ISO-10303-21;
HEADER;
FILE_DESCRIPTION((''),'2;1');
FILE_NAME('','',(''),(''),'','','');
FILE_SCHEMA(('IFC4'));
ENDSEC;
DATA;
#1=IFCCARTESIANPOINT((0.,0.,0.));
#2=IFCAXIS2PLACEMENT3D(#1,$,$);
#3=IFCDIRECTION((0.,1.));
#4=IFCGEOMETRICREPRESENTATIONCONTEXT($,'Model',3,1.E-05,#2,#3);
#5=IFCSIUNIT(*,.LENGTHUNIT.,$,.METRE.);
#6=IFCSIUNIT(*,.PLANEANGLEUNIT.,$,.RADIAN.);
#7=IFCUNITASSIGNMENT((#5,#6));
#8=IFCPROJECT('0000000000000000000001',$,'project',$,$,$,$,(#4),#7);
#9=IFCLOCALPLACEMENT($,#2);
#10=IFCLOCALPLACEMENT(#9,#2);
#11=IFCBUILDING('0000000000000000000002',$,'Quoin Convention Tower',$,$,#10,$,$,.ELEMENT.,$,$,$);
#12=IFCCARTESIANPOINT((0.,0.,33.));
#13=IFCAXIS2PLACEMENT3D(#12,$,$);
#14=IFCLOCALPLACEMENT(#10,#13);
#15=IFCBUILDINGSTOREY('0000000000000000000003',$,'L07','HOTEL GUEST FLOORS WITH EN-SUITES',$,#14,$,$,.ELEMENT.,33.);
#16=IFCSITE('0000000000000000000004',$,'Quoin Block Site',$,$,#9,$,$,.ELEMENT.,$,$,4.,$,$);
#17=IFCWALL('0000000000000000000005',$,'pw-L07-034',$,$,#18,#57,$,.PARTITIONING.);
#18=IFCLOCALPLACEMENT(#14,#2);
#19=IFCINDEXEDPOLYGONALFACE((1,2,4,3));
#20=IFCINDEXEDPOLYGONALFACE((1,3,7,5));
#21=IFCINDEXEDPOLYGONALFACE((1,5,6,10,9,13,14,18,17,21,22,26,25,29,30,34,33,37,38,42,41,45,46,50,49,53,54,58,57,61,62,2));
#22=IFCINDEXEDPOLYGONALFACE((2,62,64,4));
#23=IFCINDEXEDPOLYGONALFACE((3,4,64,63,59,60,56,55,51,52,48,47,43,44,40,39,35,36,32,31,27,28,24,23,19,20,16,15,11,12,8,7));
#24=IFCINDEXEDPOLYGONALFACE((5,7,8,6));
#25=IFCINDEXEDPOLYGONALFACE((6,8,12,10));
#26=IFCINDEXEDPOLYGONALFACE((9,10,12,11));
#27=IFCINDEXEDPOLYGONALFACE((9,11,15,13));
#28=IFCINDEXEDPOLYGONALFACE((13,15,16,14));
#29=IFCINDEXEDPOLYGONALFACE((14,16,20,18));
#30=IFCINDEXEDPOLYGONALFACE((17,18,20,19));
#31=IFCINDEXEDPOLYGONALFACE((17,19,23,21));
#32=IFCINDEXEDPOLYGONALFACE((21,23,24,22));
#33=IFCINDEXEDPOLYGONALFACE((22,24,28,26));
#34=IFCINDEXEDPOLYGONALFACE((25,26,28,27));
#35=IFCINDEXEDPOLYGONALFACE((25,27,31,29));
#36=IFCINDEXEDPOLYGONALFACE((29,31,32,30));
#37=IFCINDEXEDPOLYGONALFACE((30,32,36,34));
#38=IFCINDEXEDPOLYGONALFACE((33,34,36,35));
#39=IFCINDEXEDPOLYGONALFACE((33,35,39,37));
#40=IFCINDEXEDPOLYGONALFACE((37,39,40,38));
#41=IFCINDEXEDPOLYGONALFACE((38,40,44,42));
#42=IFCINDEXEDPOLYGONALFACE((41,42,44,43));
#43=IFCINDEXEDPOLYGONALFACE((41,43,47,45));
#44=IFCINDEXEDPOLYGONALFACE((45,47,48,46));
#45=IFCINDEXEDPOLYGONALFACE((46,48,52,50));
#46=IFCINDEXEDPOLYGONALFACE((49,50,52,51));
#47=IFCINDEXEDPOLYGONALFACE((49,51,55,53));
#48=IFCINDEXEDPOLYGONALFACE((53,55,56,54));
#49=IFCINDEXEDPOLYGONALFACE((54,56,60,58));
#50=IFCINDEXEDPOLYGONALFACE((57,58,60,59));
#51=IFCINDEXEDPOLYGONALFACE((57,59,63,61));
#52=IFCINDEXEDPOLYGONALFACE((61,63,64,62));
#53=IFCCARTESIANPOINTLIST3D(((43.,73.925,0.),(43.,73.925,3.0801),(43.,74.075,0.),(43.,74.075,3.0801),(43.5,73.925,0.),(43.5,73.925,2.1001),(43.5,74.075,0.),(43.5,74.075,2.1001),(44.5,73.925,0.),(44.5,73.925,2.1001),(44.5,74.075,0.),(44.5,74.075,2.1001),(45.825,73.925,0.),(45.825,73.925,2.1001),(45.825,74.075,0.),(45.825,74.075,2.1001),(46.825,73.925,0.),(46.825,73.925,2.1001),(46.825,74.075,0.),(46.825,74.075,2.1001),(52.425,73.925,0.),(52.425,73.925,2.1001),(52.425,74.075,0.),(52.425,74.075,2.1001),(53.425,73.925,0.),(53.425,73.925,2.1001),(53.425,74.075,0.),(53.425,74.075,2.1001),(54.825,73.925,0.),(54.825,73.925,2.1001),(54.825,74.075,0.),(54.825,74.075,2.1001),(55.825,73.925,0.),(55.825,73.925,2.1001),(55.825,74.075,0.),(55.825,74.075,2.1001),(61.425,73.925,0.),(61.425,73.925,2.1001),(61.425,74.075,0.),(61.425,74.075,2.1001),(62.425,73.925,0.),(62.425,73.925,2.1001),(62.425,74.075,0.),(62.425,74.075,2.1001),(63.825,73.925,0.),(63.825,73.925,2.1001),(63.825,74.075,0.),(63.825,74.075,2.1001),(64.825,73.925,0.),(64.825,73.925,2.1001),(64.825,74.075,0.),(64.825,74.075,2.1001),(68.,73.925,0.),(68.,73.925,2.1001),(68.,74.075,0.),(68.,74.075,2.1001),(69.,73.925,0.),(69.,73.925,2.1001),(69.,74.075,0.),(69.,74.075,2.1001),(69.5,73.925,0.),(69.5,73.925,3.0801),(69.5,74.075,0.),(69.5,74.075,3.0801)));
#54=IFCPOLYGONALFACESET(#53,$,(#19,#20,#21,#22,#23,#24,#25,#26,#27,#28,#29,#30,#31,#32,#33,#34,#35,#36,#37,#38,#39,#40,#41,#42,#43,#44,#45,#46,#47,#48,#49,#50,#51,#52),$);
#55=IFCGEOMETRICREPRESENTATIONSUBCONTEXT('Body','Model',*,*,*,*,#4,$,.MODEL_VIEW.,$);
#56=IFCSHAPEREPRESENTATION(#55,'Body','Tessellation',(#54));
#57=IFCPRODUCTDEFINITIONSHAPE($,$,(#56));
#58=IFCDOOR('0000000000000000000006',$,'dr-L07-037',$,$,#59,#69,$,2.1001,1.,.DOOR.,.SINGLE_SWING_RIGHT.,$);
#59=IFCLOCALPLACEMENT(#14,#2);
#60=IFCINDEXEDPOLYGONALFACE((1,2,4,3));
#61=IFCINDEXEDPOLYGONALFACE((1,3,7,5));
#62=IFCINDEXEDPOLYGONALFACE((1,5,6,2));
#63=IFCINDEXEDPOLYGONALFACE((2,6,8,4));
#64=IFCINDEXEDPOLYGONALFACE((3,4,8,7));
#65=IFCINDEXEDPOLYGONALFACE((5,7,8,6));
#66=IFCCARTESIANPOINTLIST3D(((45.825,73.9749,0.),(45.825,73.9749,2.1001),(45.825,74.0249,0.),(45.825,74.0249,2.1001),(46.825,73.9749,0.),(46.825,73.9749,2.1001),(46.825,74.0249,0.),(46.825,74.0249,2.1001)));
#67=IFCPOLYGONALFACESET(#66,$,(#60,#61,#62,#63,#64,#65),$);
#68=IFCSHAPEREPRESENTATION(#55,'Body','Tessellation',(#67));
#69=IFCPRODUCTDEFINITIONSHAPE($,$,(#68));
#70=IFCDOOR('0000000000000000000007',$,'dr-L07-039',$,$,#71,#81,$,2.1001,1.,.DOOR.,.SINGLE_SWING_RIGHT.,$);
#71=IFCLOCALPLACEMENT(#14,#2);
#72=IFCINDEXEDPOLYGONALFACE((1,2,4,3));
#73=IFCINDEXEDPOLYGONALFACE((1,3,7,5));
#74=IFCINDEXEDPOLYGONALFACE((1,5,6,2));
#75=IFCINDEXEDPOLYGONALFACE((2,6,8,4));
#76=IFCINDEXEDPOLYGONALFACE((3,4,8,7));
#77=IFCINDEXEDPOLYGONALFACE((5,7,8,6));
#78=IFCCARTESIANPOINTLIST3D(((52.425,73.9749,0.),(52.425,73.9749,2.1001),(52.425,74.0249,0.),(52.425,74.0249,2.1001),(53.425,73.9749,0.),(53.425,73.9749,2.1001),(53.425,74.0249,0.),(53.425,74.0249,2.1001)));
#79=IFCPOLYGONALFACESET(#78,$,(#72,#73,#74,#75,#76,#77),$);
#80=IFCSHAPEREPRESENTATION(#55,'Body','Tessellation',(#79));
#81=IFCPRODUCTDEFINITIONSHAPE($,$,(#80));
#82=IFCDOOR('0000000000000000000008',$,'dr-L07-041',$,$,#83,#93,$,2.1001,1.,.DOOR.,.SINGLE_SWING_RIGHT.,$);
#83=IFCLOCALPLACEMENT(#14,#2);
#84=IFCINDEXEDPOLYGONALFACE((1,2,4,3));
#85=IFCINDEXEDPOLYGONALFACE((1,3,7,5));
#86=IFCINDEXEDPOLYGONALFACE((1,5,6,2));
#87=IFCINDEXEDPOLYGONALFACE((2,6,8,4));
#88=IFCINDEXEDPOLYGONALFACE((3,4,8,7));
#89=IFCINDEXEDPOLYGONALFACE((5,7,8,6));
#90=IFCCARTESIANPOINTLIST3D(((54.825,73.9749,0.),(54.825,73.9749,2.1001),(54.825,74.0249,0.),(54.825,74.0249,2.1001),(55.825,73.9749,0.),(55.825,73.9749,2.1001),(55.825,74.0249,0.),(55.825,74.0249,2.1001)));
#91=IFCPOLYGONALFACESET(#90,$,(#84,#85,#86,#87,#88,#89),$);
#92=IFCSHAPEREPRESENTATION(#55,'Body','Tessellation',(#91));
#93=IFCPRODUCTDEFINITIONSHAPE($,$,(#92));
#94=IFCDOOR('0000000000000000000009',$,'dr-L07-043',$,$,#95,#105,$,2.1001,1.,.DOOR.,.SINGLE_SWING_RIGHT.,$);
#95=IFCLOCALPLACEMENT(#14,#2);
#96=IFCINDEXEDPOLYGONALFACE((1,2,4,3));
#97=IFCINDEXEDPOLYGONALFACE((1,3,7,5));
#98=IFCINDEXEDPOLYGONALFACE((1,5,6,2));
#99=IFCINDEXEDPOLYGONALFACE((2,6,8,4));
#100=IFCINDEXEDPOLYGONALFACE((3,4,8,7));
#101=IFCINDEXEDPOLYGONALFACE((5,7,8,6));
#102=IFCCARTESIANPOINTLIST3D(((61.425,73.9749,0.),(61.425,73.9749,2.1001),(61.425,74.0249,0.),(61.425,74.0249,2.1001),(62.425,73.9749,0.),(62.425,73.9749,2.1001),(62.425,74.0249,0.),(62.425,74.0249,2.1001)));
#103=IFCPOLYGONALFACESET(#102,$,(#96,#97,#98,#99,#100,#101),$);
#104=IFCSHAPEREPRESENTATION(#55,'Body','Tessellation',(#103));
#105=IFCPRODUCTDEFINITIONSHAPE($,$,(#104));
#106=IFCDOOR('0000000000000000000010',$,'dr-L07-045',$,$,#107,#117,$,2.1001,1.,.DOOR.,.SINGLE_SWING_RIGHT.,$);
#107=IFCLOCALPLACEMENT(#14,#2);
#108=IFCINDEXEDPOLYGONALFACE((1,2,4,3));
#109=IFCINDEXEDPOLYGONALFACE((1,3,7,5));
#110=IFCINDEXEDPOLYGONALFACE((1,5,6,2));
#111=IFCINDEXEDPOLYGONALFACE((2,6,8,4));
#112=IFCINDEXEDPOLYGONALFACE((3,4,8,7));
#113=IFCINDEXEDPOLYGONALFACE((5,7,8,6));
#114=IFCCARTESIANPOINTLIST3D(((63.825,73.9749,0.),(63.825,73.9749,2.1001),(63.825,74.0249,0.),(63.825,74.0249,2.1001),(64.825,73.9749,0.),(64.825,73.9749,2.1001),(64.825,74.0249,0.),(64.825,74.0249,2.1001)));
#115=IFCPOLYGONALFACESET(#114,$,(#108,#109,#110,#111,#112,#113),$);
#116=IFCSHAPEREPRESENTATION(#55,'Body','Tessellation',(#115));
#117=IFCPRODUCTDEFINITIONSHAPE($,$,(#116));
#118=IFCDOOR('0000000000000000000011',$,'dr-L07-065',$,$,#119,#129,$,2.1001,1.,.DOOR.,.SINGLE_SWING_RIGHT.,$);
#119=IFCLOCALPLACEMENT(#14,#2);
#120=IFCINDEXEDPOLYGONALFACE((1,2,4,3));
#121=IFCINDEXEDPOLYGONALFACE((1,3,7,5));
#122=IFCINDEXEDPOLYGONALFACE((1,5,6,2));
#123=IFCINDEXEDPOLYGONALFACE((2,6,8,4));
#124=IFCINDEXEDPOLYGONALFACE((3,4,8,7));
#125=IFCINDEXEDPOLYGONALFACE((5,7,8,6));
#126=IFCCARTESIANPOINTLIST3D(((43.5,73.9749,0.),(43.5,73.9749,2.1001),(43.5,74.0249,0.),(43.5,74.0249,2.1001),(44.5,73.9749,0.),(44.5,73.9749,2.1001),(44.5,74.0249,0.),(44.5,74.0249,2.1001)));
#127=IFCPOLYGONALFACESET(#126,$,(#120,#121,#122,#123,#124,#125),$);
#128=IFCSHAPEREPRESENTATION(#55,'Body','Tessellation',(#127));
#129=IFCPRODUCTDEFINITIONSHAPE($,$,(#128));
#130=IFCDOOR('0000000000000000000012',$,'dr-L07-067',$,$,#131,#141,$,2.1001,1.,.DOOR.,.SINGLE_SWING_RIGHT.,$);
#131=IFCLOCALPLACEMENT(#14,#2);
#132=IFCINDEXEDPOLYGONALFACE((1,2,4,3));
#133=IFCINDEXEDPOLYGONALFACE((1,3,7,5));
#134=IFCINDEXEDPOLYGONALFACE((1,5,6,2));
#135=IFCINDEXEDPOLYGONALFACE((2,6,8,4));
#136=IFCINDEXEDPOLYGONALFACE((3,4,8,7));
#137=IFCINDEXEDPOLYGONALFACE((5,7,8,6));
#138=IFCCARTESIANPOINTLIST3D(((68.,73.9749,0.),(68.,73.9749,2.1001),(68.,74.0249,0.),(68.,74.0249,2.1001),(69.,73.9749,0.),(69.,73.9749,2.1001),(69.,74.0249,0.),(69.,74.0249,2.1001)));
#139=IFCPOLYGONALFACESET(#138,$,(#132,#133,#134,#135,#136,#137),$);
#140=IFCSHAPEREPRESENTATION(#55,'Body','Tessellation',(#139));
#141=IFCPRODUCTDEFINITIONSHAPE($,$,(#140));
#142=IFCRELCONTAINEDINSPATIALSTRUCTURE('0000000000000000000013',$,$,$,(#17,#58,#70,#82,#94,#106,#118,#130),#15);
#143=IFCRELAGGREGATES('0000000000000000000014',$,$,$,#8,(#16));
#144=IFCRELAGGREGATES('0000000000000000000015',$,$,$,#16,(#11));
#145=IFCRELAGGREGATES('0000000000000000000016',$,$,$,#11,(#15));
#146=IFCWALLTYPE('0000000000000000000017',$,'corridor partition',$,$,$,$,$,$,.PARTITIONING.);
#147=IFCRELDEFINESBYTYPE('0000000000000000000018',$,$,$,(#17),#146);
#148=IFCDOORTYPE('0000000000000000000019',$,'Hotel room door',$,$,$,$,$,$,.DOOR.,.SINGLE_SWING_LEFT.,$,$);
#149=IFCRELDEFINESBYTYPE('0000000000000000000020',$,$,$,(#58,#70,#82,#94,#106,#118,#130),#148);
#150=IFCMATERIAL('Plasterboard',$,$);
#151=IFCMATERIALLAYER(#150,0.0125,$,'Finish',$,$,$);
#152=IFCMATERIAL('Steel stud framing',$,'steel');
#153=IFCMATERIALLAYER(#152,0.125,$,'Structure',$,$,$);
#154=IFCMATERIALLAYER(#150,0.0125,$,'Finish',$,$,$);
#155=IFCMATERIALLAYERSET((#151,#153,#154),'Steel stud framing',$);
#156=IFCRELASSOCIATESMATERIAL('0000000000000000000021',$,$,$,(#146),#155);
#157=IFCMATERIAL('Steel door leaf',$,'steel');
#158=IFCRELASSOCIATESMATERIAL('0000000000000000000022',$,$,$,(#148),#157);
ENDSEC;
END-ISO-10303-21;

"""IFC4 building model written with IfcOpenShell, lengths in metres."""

from ifc_helpers import new_model, si_unit, direction, frame, frame_2d, origin, place, context, subcontext, project, spatial, rectangle, extrude, material, layer, layer_set, type_object, element, fill, save


model = new_model("IFC4")

# Units and contexts
model_context = context("Model", 3, precision=1e-05, world=origin(), true_north=direction((0.0, 1.0)))
body_context = subcontext(model_context, "Body", "Model", "MODEL_VIEW")
ifc_project = project(units=[si_unit("LENGTHUNIT", "METRE"), si_unit("PLANEANGLEUNIT", "RADIAN")], contexts=[model_context])

# Site, building, storey
site_placement = place(None, origin())
site = spatial("IfcSite", under=ifc_project, at=site_placement, Name="Quoin Block Site", CompositionType="ELEMENT", RefElevation=4.0)
building_placement = place(site_placement, origin())
building = spatial("IfcBuilding", under=site, at=building_placement, Name="Quoin Convention Tower", CompositionType="ELEMENT")
storey_placement = place(building_placement, frame((0.0, 0.0, 33.0)))
storey = spatial("IfcBuildingStorey", under=building, at=storey_placement, Name="L07", Description="HOTEL GUEST FLOORS WITH EN-SUITES", CompositionType="ELEMENT", Elevation=33.0)

# Shared definitions
ifc_material_1 = material(Name="Steel door leaf", Category="steel")

# Wall, openings, doors
ifc_material_2 = material(Name="Plasterboard")
ifc_layer_1 = layer(ifc_material_2, 0.0125, Name="Finish")
ifc_material_3 = material(Name="Steel stud framing", Category="steel")
ifc_layer_2 = layer(ifc_material_3, 0.125, Name="Structure")
ifc_layer_3 = layer(ifc_material_2, 0.0125, Name="Finish")
ifc_layer_set_1 = layer_set([ifc_layer_1, ifc_layer_2, ifc_layer_3], Name="Steel stud framing")
wall_type_1 = type_object("IfcWallType", Name="corridor partition", PredefinedType="PARTITIONING", material=ifc_layer_set_1)
wall_1_placement = place(storey_placement, frame((43.0, 74.0, 0.0), z_axis=(0.0, 0.0, 1.0), x_axis=(1.0, 0.0, 0.0)))
wall_1 = element("IfcWall", 1, at=wall_1_placement, inside=storey, type_object=wall_type_1, Name="pw-L07-034", PredefinedType="PARTITIONING", context=body_context, shape_type="SweptSolid", body=[
    extrude(rectangle(XDim=26.5, YDim=0.1499, at=frame_2d((13.25, 0.0))), origin(), (0.0, 0.0, 1.0), 3.0801),
])
opening_1_placement = place(wall_1_placement, frame((2.825, 0.0, 0.0)))
opening_1 = element("IfcOpeningElement", 2, at=opening_1_placement, cuts=wall_1, PredefinedType="OPENING", context=body_context, shape_type="SweptSolid", body=[
    extrude(rectangle(XDim=1.0, YDim=2.1001, at=frame_2d((0.5, 1.05))), frame((0.0, 0.085, 0.0), z_axis=(0.0, -1.0, 0.0), x_axis=(1.0, 0.0, 0.0)), (0.0, 0.0, 1.0), 0.1699),
])
opening_2_placement = place(wall_1_placement, frame((9.425, 0.0, 0.0)))
opening_2 = element("IfcOpeningElement", 3, at=opening_2_placement, cuts=wall_1, PredefinedType="OPENING", context=body_context, shape_type="SweptSolid", body=[
    extrude(rectangle(XDim=1.0, YDim=2.1001, at=frame_2d((0.5, 1.05))), frame((0.0, 0.085, 0.0), z_axis=(0.0, -1.0, 0.0), x_axis=(1.0, 0.0, 0.0)), (0.0, 0.0, 1.0), 0.1699),
])
opening_3_placement = place(wall_1_placement, frame((11.825, 0.0, 0.0)))
opening_3 = element("IfcOpeningElement", 4, at=opening_3_placement, cuts=wall_1, PredefinedType="OPENING", context=body_context, shape_type="SweptSolid", body=[
    extrude(rectangle(XDim=1.0, YDim=2.1001, at=frame_2d((0.5, 1.05))), frame((0.0, 0.085, 0.0), z_axis=(0.0, -1.0, 0.0), x_axis=(1.0, 0.0, 0.0)), (0.0, 0.0, 1.0), 0.1699),
])
opening_4_placement = place(wall_1_placement, frame((18.425, 0.0, 0.0)))
opening_4 = element("IfcOpeningElement", 5, at=opening_4_placement, cuts=wall_1, PredefinedType="OPENING", context=body_context, shape_type="SweptSolid", body=[
    extrude(rectangle(XDim=1.0, YDim=2.1001, at=frame_2d((0.5, 1.05))), frame((0.0, 0.085, 0.0), z_axis=(0.0, -1.0, 0.0), x_axis=(1.0, 0.0, 0.0)), (0.0, 0.0, 1.0), 0.1699),
])
opening_5_placement = place(wall_1_placement, frame((20.825, 0.0, 0.0)))
opening_5 = element("IfcOpeningElement", 6, at=opening_5_placement, cuts=wall_1, PredefinedType="OPENING", context=body_context, shape_type="SweptSolid", body=[
    extrude(rectangle(XDim=1.0, YDim=2.1001, at=frame_2d((0.5, 1.05))), frame((0.0, 0.085, 0.0), z_axis=(0.0, -1.0, 0.0), x_axis=(1.0, 0.0, 0.0)), (0.0, 0.0, 1.0), 0.1699),
])
opening_6_placement = place(wall_1_placement, frame((0.5, 0.0, 0.0)))
opening_6 = element("IfcOpeningElement", 7, at=opening_6_placement, cuts=wall_1, PredefinedType="OPENING", context=body_context, shape_type="SweptSolid", body=[
    extrude(rectangle(XDim=1.0, YDim=2.1001, at=frame_2d((0.5, 1.05))), frame((0.0, 0.085, 0.0), z_axis=(0.0, -1.0, 0.0), x_axis=(1.0, 0.0, 0.0)), (0.0, 0.0, 1.0), 0.1699),
])
opening_7_placement = place(wall_1_placement, frame((25.0, 0.0, 0.0)))
opening_7 = element("IfcOpeningElement", 8, at=opening_7_placement, cuts=wall_1, PredefinedType="OPENING", context=body_context, shape_type="SweptSolid", body=[
    extrude(rectangle(XDim=1.0, YDim=2.1001, at=frame_2d((0.5, 1.05))), frame((0.0, 0.085, 0.0), z_axis=(0.0, -1.0, 0.0), x_axis=(1.0, 0.0, 0.0)), (0.0, 0.0, 1.0), 0.1699),
])
door_type_1 = type_object("IfcDoorType", Name="Hotel room door", OperationType="SINGLE_SWING_LEFT", PredefinedType="DOOR", material=ifc_material_1)
door_1_placement = place(opening_1_placement, origin())
door_1 = element("IfcDoor", 9, at=door_1_placement, inside=storey, type_object=door_type_1, Name="dr-L07-037", OperationType="SINGLE_SWING_RIGHT", OverallHeight=2.1001, OverallWidth=1.0, PredefinedType="DOOR", context=body_context, shape_type="SweptSolid", body=[
    extrude(rectangle(XDim=1.0, YDim=2.1001, at=frame_2d((0.5, 1.05))), frame((0.0, 0.0249, 0.0), z_axis=(0.0, -1.0, 0.0), x_axis=(1.0, 0.0, 0.0)), (0.0, 0.0, 1.0), 0.05),
])
fill(opening_1, door_1)
door_2_placement = place(opening_2_placement, origin())
door_2 = element("IfcDoor", 10, at=door_2_placement, inside=storey, type_object=door_type_1, Name="dr-L07-039", OperationType="SINGLE_SWING_RIGHT", OverallHeight=2.1001, OverallWidth=1.0, PredefinedType="DOOR", context=body_context, shape_type="SweptSolid", body=[
    extrude(rectangle(XDim=1.0, YDim=2.1001, at=frame_2d((0.5, 1.05))), frame((0.0, 0.0249, 0.0), z_axis=(0.0, -1.0, 0.0), x_axis=(1.0, 0.0, 0.0)), (0.0, 0.0, 1.0), 0.05),
])
fill(opening_2, door_2)
door_3_placement = place(opening_3_placement, origin())
door_3 = element("IfcDoor", 11, at=door_3_placement, inside=storey, type_object=door_type_1, Name="dr-L07-041", OperationType="SINGLE_SWING_RIGHT", OverallHeight=2.1001, OverallWidth=1.0, PredefinedType="DOOR", context=body_context, shape_type="SweptSolid", body=[
    extrude(rectangle(XDim=1.0, YDim=2.1001, at=frame_2d((0.5, 1.05))), frame((0.0, 0.0249, 0.0), z_axis=(0.0, -1.0, 0.0), x_axis=(1.0, 0.0, 0.0)), (0.0, 0.0, 1.0), 0.05),
])
fill(opening_3, door_3)
door_4_placement = place(opening_4_placement, origin())
door_4 = element("IfcDoor", 12, at=door_4_placement, inside=storey, type_object=door_type_1, Name="dr-L07-043", OperationType="SINGLE_SWING_RIGHT", OverallHeight=2.1001, OverallWidth=1.0, PredefinedType="DOOR", context=body_context, shape_type="SweptSolid", body=[
    extrude(rectangle(XDim=1.0, YDim=2.1001, at=frame_2d((0.5, 1.05))), frame((0.0, 0.0249, 0.0), z_axis=(0.0, -1.0, 0.0), x_axis=(1.0, 0.0, 0.0)), (0.0, 0.0, 1.0), 0.05),
])
fill(opening_4, door_4)
door_5_placement = place(opening_5_placement, origin())
door_5 = element("IfcDoor", 13, at=door_5_placement, inside=storey, type_object=door_type_1, Name="dr-L07-045", OperationType="SINGLE_SWING_RIGHT", OverallHeight=2.1001, OverallWidth=1.0, PredefinedType="DOOR", context=body_context, shape_type="SweptSolid", body=[
    extrude(rectangle(XDim=1.0, YDim=2.1001, at=frame_2d((0.5, 1.05))), frame((0.0, 0.0249, 0.0), z_axis=(0.0, -1.0, 0.0), x_axis=(1.0, 0.0, 0.0)), (0.0, 0.0, 1.0), 0.05),
])
fill(opening_5, door_5)
door_6_placement = place(opening_6_placement, origin())
door_6 = element("IfcDoor", 14, at=door_6_placement, inside=storey, type_object=door_type_1, Name="dr-L07-065", OperationType="SINGLE_SWING_RIGHT", OverallHeight=2.1001, OverallWidth=1.0, PredefinedType="DOOR", context=body_context, shape_type="SweptSolid", body=[
    extrude(rectangle(XDim=1.0, YDim=2.1001, at=frame_2d((0.5, 1.05))), frame((0.0, 0.0249, 0.0), z_axis=(0.0, -1.0, 0.0), x_axis=(1.0, 0.0, 0.0)), (0.0, 0.0, 1.0), 0.05),
])
fill(opening_6, door_6)
door_7_placement = place(opening_7_placement, origin())
door_7 = element("IfcDoor", 15, at=door_7_placement, inside=storey, type_object=door_type_1, Name="dr-L07-067", OperationType="SINGLE_SWING_RIGHT", OverallHeight=2.1001, OverallWidth=1.0, PredefinedType="DOOR", context=body_context, shape_type="SweptSolid", body=[
    extrude(rectangle(XDim=1.0, YDim=2.1001, at=frame_2d((0.5, 1.05))), frame((0.0, 0.0249, 0.0), z_axis=(0.0, -1.0, 0.0), x_axis=(1.0, 0.0, 0.0)), (0.0, 0.0, 1.0), 0.05),
])
fill(opening_7, door_7)

save(model, "model.ifc")
